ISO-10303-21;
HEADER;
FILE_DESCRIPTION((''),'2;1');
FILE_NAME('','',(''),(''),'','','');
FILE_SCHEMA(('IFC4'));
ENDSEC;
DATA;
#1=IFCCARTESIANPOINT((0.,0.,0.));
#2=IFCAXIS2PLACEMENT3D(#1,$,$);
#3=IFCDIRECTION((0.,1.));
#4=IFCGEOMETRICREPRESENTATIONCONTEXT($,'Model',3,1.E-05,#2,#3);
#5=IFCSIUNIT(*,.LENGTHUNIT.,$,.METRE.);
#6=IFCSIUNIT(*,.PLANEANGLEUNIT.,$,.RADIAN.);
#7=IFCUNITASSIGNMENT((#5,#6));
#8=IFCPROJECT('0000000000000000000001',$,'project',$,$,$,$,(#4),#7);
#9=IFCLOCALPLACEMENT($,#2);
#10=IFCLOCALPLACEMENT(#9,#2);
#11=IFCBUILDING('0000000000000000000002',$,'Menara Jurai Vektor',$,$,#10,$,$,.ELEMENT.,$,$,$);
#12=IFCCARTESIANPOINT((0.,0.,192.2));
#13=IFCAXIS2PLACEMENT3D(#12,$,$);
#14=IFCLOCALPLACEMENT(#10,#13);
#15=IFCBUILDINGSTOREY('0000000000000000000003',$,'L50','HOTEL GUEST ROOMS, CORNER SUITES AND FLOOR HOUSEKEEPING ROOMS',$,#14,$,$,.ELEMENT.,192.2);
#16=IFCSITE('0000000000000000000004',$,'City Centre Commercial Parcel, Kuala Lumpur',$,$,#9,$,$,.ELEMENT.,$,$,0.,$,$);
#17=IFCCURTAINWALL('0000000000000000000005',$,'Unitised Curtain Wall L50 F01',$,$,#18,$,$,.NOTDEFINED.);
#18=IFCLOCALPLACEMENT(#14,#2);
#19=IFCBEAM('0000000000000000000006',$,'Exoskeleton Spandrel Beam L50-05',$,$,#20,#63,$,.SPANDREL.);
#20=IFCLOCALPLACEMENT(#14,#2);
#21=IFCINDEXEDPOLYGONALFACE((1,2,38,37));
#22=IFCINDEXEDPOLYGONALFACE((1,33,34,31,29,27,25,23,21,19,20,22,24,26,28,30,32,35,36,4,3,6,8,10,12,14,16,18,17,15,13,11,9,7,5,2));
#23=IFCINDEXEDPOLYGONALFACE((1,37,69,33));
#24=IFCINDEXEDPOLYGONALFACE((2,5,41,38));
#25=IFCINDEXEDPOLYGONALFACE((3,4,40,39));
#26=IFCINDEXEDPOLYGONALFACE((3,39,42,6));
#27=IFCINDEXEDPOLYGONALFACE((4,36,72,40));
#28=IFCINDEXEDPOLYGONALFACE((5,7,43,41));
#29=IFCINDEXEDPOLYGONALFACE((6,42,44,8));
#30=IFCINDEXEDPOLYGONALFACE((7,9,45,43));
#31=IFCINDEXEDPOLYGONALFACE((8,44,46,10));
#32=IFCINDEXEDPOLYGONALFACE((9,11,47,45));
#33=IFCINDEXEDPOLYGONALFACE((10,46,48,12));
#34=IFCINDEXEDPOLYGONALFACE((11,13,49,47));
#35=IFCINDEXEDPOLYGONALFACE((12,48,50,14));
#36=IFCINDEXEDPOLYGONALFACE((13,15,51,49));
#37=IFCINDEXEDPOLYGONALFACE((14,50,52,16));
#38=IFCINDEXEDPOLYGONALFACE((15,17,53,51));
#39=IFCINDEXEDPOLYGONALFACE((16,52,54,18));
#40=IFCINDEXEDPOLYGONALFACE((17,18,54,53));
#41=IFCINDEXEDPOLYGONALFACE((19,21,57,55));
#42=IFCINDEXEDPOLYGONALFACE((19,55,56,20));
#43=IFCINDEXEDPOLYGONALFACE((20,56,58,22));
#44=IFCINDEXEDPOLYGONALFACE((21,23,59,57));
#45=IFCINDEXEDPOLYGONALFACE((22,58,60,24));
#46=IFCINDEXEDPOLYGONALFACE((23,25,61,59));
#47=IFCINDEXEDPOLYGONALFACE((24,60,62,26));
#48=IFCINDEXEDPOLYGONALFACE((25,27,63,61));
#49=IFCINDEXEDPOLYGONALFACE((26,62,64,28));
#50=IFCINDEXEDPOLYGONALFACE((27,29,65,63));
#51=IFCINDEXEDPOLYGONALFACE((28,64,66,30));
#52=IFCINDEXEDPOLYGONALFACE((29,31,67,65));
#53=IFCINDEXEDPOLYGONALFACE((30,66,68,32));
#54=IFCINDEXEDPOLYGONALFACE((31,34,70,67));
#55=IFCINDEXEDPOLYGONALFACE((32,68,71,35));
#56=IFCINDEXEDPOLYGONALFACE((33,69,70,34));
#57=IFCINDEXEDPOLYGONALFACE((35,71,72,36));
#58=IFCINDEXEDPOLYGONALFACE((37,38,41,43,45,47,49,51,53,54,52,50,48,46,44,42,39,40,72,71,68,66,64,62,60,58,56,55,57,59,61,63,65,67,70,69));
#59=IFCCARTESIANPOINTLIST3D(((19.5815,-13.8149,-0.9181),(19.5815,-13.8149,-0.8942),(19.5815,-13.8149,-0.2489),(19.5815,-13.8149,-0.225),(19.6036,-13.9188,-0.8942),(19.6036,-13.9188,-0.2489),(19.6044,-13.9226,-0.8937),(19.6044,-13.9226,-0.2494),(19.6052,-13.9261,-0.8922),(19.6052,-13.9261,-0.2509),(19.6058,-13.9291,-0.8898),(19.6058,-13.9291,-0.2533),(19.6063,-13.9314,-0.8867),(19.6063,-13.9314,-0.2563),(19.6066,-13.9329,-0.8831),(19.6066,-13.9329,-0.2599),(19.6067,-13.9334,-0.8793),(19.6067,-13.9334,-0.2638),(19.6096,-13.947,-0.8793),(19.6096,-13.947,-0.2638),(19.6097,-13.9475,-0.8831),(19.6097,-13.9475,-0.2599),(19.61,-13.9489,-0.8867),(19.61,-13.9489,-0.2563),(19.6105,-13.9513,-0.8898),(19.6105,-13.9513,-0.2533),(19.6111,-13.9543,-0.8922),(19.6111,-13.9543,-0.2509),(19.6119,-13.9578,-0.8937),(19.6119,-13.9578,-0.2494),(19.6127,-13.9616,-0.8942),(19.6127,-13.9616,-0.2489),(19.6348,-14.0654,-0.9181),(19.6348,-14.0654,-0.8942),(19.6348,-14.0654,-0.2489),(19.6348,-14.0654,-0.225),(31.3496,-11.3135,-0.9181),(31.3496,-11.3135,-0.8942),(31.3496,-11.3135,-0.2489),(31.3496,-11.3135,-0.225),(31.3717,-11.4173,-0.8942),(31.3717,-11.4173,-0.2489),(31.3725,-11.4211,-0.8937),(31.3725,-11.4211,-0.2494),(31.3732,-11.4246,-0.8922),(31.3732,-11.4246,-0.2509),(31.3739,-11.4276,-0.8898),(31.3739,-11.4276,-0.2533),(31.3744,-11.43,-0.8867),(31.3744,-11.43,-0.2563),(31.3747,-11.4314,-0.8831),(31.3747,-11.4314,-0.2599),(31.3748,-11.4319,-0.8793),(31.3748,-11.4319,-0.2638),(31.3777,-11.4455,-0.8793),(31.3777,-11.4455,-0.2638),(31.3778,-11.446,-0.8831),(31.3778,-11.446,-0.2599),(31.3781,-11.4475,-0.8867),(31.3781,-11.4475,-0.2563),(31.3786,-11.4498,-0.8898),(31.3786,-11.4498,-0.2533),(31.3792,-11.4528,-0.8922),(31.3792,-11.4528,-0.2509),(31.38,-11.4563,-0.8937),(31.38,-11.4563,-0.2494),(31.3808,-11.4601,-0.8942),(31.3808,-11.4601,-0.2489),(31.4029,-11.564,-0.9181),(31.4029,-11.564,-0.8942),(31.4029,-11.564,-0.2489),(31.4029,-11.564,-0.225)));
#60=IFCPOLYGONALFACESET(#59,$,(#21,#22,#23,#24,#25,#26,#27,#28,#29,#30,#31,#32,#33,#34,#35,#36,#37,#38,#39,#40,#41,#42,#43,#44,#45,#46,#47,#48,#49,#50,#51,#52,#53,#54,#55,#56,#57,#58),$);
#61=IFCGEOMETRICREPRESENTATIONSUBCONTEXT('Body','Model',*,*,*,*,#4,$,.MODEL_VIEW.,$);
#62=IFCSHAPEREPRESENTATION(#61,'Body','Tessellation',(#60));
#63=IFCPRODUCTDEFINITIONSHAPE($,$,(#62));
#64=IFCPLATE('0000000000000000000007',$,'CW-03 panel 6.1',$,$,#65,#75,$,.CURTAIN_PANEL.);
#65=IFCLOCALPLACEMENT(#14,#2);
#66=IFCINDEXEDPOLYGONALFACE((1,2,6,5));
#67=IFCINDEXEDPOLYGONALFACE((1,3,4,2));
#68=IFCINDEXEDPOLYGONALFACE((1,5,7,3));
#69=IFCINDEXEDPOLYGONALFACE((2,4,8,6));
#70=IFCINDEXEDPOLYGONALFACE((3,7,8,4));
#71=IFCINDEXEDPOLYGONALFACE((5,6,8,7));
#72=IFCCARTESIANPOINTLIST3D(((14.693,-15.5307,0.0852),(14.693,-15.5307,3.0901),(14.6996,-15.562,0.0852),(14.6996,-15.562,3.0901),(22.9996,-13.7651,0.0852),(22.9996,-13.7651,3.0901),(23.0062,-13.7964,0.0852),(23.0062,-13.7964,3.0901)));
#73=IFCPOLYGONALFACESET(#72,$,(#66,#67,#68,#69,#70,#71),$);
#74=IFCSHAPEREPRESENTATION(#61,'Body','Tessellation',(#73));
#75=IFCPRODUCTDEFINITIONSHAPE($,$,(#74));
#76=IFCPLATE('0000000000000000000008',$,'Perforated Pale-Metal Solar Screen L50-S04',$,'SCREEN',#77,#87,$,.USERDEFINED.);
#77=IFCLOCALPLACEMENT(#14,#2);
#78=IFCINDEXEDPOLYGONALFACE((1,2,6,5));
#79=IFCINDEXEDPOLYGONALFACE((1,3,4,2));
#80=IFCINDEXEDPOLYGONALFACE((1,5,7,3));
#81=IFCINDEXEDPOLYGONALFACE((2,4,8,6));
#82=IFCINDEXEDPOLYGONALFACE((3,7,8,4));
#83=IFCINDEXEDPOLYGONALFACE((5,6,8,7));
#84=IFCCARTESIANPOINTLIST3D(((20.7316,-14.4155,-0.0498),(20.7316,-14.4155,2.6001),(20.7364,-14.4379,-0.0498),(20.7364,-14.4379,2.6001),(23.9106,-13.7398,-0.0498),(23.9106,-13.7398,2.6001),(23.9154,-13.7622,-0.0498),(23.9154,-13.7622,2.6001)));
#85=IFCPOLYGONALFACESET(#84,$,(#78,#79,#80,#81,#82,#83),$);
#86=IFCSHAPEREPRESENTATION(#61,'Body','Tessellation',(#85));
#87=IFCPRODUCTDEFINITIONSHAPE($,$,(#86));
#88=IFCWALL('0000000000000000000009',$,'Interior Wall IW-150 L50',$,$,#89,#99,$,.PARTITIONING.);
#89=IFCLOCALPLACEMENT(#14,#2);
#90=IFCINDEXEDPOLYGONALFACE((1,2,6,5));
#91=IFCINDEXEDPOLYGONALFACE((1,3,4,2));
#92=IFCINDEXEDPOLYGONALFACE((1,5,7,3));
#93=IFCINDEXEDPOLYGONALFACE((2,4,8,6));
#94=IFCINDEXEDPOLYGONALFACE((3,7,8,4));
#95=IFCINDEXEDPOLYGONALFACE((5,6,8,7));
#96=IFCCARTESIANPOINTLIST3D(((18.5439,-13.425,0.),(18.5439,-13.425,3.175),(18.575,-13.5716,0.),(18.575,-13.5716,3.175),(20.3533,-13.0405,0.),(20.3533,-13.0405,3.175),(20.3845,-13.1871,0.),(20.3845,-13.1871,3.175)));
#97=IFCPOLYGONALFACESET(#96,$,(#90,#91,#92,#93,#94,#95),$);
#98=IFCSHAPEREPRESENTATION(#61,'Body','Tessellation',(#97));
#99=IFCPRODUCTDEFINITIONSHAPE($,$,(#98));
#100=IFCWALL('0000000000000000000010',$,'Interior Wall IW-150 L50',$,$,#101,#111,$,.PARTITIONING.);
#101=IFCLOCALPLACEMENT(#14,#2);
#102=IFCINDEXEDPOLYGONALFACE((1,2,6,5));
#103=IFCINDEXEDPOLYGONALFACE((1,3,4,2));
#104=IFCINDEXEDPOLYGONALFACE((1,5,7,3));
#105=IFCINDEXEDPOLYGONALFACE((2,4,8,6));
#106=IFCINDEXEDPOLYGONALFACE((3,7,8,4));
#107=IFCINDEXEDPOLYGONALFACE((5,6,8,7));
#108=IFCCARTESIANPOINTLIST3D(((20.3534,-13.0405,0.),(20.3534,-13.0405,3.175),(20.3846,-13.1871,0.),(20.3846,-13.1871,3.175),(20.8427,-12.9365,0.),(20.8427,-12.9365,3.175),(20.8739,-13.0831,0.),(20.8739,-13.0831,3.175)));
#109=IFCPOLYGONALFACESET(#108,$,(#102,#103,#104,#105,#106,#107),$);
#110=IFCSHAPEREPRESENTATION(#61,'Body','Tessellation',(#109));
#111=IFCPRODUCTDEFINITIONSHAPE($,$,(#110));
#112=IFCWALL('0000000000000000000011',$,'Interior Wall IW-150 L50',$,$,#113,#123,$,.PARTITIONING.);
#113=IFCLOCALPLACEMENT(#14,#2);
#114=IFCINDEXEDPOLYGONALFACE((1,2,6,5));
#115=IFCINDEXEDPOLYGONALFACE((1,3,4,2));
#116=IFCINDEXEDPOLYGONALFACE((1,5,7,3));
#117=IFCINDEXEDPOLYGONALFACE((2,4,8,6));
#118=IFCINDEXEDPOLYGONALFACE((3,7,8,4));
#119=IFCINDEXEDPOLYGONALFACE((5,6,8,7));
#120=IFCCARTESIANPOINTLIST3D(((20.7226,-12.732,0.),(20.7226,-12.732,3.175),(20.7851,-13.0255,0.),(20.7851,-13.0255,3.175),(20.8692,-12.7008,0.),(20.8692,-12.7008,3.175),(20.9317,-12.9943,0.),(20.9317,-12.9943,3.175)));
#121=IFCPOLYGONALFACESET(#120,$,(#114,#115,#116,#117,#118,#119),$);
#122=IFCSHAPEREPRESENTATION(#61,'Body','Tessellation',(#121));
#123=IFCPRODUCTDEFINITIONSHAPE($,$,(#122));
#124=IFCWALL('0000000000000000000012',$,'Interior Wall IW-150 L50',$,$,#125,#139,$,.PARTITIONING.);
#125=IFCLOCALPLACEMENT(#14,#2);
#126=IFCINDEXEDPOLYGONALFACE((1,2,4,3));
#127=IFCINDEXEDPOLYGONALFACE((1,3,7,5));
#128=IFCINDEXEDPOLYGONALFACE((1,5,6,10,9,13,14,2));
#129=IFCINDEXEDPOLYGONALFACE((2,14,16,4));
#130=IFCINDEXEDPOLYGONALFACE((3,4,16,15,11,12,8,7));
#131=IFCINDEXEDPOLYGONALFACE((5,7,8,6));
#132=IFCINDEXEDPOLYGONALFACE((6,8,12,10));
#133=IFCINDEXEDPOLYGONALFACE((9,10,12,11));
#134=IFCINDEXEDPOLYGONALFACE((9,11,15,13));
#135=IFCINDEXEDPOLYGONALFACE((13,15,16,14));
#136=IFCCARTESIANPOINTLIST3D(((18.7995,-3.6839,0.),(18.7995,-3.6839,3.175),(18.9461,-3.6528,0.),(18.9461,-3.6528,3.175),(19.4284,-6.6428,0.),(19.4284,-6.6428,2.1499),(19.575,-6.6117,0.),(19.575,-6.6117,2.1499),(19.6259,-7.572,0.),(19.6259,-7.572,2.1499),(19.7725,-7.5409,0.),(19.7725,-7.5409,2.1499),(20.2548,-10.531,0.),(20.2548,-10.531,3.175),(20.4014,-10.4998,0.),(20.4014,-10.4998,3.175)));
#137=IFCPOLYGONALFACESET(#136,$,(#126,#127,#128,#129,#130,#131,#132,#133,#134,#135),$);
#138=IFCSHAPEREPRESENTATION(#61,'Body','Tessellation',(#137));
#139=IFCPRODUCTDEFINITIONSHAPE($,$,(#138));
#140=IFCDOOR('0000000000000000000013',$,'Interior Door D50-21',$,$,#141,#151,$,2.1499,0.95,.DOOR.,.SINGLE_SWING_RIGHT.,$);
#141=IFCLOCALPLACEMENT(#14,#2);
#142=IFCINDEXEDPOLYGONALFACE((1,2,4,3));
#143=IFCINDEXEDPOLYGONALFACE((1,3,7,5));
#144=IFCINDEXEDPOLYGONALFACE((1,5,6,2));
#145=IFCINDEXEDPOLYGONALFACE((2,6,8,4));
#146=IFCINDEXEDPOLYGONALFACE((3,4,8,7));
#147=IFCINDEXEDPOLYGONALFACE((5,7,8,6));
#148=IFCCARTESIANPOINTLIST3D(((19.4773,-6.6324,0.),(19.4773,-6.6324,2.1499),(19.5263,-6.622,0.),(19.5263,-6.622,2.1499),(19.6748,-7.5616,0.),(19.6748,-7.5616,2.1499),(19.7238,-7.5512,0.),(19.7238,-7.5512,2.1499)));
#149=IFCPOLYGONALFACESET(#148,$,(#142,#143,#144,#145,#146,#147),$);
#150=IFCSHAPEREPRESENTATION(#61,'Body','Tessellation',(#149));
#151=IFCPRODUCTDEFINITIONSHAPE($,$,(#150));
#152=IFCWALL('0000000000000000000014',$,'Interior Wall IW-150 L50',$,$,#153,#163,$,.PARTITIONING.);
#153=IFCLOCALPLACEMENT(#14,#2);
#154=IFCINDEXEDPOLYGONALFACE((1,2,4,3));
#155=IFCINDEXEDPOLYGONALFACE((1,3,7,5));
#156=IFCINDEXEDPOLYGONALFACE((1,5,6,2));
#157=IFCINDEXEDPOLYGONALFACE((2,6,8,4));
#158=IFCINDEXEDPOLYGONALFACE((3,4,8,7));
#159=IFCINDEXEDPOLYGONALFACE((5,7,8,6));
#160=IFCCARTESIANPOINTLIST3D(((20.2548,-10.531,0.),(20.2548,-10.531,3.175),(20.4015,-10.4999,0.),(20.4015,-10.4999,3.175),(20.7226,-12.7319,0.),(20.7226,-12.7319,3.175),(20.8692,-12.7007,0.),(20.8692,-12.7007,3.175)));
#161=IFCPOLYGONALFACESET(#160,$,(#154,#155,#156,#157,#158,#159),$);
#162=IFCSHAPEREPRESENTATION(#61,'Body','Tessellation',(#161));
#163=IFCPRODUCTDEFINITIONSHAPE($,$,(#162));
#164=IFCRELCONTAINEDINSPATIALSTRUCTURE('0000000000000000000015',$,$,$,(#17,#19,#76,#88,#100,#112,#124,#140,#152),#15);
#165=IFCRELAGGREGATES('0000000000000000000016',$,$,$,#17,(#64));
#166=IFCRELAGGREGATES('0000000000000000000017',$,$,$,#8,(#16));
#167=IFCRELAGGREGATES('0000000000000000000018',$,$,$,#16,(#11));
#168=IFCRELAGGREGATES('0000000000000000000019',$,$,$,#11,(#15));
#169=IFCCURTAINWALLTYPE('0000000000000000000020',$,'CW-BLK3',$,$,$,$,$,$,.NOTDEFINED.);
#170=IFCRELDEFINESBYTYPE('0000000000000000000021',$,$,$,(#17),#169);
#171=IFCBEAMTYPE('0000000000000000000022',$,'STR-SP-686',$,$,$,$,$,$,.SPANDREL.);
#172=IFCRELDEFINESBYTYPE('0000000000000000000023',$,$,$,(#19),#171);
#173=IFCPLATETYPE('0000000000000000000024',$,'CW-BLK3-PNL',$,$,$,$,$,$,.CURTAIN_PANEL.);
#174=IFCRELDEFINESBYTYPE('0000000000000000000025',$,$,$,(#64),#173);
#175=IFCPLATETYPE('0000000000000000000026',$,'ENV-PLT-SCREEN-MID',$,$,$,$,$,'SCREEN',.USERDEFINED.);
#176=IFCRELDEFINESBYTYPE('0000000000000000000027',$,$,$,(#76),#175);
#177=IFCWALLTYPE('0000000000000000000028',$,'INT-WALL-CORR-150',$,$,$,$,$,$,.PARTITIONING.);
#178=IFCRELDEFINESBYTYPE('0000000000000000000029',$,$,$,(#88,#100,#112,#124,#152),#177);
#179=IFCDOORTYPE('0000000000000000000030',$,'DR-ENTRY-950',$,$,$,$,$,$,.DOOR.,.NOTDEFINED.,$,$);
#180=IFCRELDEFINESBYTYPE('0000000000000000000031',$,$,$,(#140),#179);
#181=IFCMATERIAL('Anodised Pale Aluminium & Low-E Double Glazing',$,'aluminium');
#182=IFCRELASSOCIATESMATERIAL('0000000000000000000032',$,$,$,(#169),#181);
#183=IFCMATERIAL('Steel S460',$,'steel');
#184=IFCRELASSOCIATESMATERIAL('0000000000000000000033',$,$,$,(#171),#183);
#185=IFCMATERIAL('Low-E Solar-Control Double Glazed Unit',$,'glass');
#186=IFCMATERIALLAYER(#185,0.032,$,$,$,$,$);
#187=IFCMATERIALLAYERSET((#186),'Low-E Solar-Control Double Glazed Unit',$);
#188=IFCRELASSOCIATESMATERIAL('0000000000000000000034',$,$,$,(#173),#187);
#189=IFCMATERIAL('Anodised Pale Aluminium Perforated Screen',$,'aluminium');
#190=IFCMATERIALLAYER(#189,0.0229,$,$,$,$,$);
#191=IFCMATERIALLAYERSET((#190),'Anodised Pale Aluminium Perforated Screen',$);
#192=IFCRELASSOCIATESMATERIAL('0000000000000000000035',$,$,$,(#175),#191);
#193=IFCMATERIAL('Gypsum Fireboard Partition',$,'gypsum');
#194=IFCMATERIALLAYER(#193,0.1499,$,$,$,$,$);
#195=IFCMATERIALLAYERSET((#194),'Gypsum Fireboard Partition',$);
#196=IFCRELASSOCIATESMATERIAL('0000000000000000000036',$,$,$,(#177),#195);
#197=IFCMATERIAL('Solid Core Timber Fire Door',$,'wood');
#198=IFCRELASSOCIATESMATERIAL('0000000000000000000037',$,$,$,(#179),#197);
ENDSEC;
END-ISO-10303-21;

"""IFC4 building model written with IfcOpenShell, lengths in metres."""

from ifc_helpers import new_model, si_unit, direction, frame, frame_2d, origin, origin_2d, place, context, subcontext, project, spatial, rectangle, i_section, extrude, material, layer, layer_set, material_profile, profile_set, type_object, element, fill, aggregate, save


model = new_model("IFC4")

# Units and contexts
model_context = context("Model", 3, precision=1e-05, world=origin(), true_north=direction((0.0, 1.0)))
body_context = subcontext(model_context, "Body", "Model", "MODEL_VIEW")
ifc_project = project(units=[si_unit("LENGTHUNIT", "METRE"), si_unit("PLANEANGLEUNIT", "RADIAN")], contexts=[model_context])

# Site, building, storey
site_placement = place(None, origin())
site = spatial("IfcSite", under=ifc_project, at=site_placement, Name="City Centre Commercial Parcel, Kuala Lumpur", CompositionType="ELEMENT", RefElevation=0.0)
building_placement = place(site_placement, origin())
building = spatial("IfcBuilding", under=site, at=building_placement, Name="Menara Jurai Vektor", CompositionType="ELEMENT")
storey_placement = place(building_placement, frame((0.0, 0.0, 192.2)))
storey = spatial("IfcBuildingStorey", under=building, at=storey_placement, Name="L50", Description="HOTEL GUEST ROOMS, CORNER SUITES AND FLOOR HOUSEKEEPING ROOMS", CompositionType="ELEMENT", Elevation=192.2)

# Shared definitions
ifc_material_1 = material(Name="Steel S460", Category="steel")

# Curtain wall
ifc_material_2 = material(Name="Anodised Pale Aluminium & Low-E Double Glazing", Category="aluminium")
curtain_wall_type = type_object("IfcCurtainWallType", Name="CW-BLK3", PredefinedType="NOTDEFINED", material=ifc_material_2)
curtain_wall_placement = place(storey_placement, origin())
curtain_wall = element("IfcCurtainWall", 1, at=curtain_wall_placement, inside=storey, type_object=curtain_wall_type, Name="Unitised Curtain Wall L50 F01", PredefinedType="NOTDEFINED")

# Beam
ifc_material_profile_1 = material_profile(ifc_material_1, i_section(OverallWidth=0.2561, OverallDepth=0.6931, WebThickness=0.0139, FlangeThickness=0.0239, FilletRadius=0.0149, at=origin_2d()), Name="UKB 686x254x170")
ifc_profile_set_1 = profile_set([ifc_material_profile_1], Name="Steel S460")
beam_type_1 = type_object("IfcBeamType", Name="STR-SP-686", PredefinedType="SPANDREL", material=ifc_profile_set_1)
beam_1_placement = place(storey_placement, frame((19.6082, -13.9402, -0.5715), z_axis=(0.978146, 0.207918, 0.0), x_axis=(-0.207918, 0.978146, 0.0)))
element("IfcBeam", 2, at=beam_1_placement, inside=storey, type_object=beam_type_1, Name="Exoskeleton Spandrel Beam L50-05", PredefinedType="SPANDREL", context=body_context, shape_type="SweptSolid", body=[
    extrude(i_section(OverallWidth=0.2561, OverallDepth=0.6931, WebThickness=0.0139, FlangeThickness=0.0239, FilletRadius=0.0149, at=origin_2d()), origin(), (0.0, 0.0, 1.0), 12.031),
])

# Plates
ifc_material_3 = material(Name="Low-E Solar-Control Double Glazed Unit", Category="glass")
ifc_layer_1 = layer(ifc_material_3, 0.032)
ifc_layer_set_1 = layer_set([ifc_layer_1], Name="Low-E Solar-Control Double Glazed Unit")
plate_type_1 = type_object("IfcPlateType", Name="CW-BLK3-PNL", PredefinedType="CURTAIN_PANEL", material=ifc_layer_set_1)
plate_1_placement = place(storey_placement, frame((18.8496, -14.6636, 0.0852), z_axis=(0.0, 0.0, 1.0), x_axis=(0.978148, 0.207911, 0.0)))
plate_1 = element("IfcPlate", 3, at=plate_1_placement, type_object=plate_type_1, Name="CW-03 panel 6.1", PredefinedType="CURTAIN_PANEL", context=body_context, shape_type="SweptSolid", body=[
    extrude(rectangle(XDim=8.4922, YDim=0.032, at=origin_2d()), origin(), (0.0, 0.0, 1.0), 3.0049),
])
aggregate(curtain_wall, [plate_1])
ifc_material_4 = material(Name="Anodised Pale Aluminium Perforated Screen", Category="aluminium")
ifc_layer_2 = layer(ifc_material_4, 0.0229)
ifc_layer_set_2 = layer_set([ifc_layer_2], Name="Anodised Pale Aluminium Perforated Screen")
plate_type_2 = type_object("IfcPlateType", Name="ENV-PLT-SCREEN-MID", ElementType="SCREEN", PredefinedType="USERDEFINED", material=ifc_layer_set_2)
plate_2_placement = place(storey_placement, frame((22.3235, -14.0889, -0.0498), z_axis=(0.0, 0.0, 1.0), x_axis=(0.978148, 0.207912, 0.0)))
element("IfcPlate", 4, at=plate_2_placement, inside=storey, type_object=plate_type_2, Name="Perforated Pale-Metal Solar Screen L50-S04", ObjectType="SCREEN", PredefinedType="USERDEFINED", context=body_context, shape_type="SweptSolid", body=[
    extrude(rectangle(XDim=3.25, YDim=0.0229, at=origin_2d()), origin(), (0.0, 0.0, 1.0), 2.6499),
])

# Walls
ifc_material_5 = material(Name="Gypsum Fireboard Partition", Category="gypsum")
ifc_layer_3 = layer(ifc_material_5, 0.1499)
ifc_layer_set_3 = layer_set([ifc_layer_3], Name="Gypsum Fireboard Partition")
wall_type_1 = type_object("IfcWallType", Name="INT-WALL-CORR-150", PredefinedType="PARTITIONING", material=ifc_layer_set_3)
wall_1_placement = place(storey_placement, frame((18.5596, -13.4983, 0.0), z_axis=(0.0, 0.0, 1.0), x_axis=(0.97816, 0.207852, 0.0)))
element("IfcWall", 5, at=wall_1_placement, inside=storey, type_object=wall_type_1, Name="Interior Wall IW-150 L50", PredefinedType="PARTITIONING", context=body_context, shape_type="SweptSolid", body=[
    extrude(rectangle(XDim=1.8499, YDim=0.1499, at=frame_2d((0.9248, 0.0))), origin(), (0.0, 0.0, 1.0), 3.175),
])
wall_2_placement = place(storey_placement, frame((20.3691, -13.1138, 0.0), z_axis=(0.0, 0.0, 1.0), x_axis=(0.978144, 0.207929, 0.0)))
element("IfcWall", 6, at=wall_2_placement, inside=storey, type_object=wall_type_1, Name="Interior Wall IW-150 L50", PredefinedType="PARTITIONING", context=body_context, shape_type="SweptSolid", body=[
    extrude(rectangle(XDim=0.5002, YDim=0.1499, at=frame_2d((0.25, 0.0))), origin(), (0.0, 0.0, 1.0), 3.175),
])
wall_3_placement = place(storey_placement, frame((20.8584, -13.0098, 0.0), z_axis=(0.0, 0.0, 1.0), x_axis=(-0.208306, 0.978064, 0.0)))
element("IfcWall", 7, at=wall_3_placement, inside=storey, type_object=wall_type_1, Name="Interior Wall IW-150 L50", PredefinedType="PARTITIONING", context=body_context, shape_type="SweptSolid", body=[
    extrude(rectangle(XDim=0.3, YDim=0.1499, at=frame_2d((0.1499, 0.0))), origin(), (0.0, 0.0, 1.0), 3.175),
])

# Wall, opening, door
wall_4_placement = place(storey_placement, frame((20.3281, -10.5154, 0.0), z_axis=(0.0, 0.0, 1.0), x_axis=(-0.207907, 0.978149, 0.0)))
wall_4 = element("IfcWall", 8, at=wall_4_placement, inside=storey, type_object=wall_type_1, Name="Interior Wall IW-150 L50", PredefinedType="PARTITIONING", context=body_context, shape_type="SweptSolid", body=[
    extrude(rectangle(XDim=7.0, YDim=0.1499, at=frame_2d((3.5, 0.0))), origin(), (0.0, 0.0, 1.0), 3.175),
])
opening_1_placement = place(wall_4_placement, frame((3.0249, 0.0, 0.0)))
opening_1 = element("IfcOpeningElement", 9, at=opening_1_placement, cuts=wall_4, PredefinedType="OPENING", context=body_context, shape_type="SweptSolid", body=[
    extrude(rectangle(XDim=0.95, YDim=2.1499, at=frame_2d((0.4751, 1.075))), frame((0.0, 0.085, 0.0), z_axis=(0.0, -1.0, 0.0), x_axis=(1.0, 0.0, 0.0)), (0.0, 0.0, 1.0), 0.1699),
])
ifc_material_6 = material(Name="Solid Core Timber Fire Door", Category="wood")
door_type_1 = type_object("IfcDoorType", Name="DR-ENTRY-950", OperationType="NOTDEFINED", PredefinedType="DOOR", material=ifc_material_6)
door_1_placement = place(opening_1_placement, origin())
door_1 = element("IfcDoor", 10, at=door_1_placement, inside=storey, type_object=door_type_1, Name="Interior Door D50-21", OperationType="SINGLE_SWING_RIGHT", OverallHeight=2.1499, OverallWidth=0.95, PredefinedType="DOOR", context=body_context, shape_type="SweptSolid", body=[
    extrude(rectangle(XDim=0.95, YDim=2.1499, at=frame_2d((0.4751, 1.075))), frame((0.0, 0.0249, 0.0), z_axis=(0.0, -1.0, 0.0), x_axis=(1.0, 0.0, 0.0)), (0.0, 0.0, 1.0), 0.05),
])
fill(opening_1, door_1)

# Wall
wall_5_placement = place(storey_placement, frame((20.7959, -12.7163, 0.0), z_axis=(0.0, 0.0, 1.0), x_axis=(-0.207891, 0.978152, 0.0)))
element("IfcWall", 11, at=wall_5_placement, inside=storey, type_object=wall_type_1, Name="Interior Wall IW-150 L50", PredefinedType="PARTITIONING", context=body_context, shape_type="SweptSolid", body=[
    extrude(rectangle(XDim=2.25, YDim=0.1499, at=frame_2d((1.125, 0.0))), origin(), (0.0, 0.0, 1.0), 3.175),
])

save(model, "model.ifc")
